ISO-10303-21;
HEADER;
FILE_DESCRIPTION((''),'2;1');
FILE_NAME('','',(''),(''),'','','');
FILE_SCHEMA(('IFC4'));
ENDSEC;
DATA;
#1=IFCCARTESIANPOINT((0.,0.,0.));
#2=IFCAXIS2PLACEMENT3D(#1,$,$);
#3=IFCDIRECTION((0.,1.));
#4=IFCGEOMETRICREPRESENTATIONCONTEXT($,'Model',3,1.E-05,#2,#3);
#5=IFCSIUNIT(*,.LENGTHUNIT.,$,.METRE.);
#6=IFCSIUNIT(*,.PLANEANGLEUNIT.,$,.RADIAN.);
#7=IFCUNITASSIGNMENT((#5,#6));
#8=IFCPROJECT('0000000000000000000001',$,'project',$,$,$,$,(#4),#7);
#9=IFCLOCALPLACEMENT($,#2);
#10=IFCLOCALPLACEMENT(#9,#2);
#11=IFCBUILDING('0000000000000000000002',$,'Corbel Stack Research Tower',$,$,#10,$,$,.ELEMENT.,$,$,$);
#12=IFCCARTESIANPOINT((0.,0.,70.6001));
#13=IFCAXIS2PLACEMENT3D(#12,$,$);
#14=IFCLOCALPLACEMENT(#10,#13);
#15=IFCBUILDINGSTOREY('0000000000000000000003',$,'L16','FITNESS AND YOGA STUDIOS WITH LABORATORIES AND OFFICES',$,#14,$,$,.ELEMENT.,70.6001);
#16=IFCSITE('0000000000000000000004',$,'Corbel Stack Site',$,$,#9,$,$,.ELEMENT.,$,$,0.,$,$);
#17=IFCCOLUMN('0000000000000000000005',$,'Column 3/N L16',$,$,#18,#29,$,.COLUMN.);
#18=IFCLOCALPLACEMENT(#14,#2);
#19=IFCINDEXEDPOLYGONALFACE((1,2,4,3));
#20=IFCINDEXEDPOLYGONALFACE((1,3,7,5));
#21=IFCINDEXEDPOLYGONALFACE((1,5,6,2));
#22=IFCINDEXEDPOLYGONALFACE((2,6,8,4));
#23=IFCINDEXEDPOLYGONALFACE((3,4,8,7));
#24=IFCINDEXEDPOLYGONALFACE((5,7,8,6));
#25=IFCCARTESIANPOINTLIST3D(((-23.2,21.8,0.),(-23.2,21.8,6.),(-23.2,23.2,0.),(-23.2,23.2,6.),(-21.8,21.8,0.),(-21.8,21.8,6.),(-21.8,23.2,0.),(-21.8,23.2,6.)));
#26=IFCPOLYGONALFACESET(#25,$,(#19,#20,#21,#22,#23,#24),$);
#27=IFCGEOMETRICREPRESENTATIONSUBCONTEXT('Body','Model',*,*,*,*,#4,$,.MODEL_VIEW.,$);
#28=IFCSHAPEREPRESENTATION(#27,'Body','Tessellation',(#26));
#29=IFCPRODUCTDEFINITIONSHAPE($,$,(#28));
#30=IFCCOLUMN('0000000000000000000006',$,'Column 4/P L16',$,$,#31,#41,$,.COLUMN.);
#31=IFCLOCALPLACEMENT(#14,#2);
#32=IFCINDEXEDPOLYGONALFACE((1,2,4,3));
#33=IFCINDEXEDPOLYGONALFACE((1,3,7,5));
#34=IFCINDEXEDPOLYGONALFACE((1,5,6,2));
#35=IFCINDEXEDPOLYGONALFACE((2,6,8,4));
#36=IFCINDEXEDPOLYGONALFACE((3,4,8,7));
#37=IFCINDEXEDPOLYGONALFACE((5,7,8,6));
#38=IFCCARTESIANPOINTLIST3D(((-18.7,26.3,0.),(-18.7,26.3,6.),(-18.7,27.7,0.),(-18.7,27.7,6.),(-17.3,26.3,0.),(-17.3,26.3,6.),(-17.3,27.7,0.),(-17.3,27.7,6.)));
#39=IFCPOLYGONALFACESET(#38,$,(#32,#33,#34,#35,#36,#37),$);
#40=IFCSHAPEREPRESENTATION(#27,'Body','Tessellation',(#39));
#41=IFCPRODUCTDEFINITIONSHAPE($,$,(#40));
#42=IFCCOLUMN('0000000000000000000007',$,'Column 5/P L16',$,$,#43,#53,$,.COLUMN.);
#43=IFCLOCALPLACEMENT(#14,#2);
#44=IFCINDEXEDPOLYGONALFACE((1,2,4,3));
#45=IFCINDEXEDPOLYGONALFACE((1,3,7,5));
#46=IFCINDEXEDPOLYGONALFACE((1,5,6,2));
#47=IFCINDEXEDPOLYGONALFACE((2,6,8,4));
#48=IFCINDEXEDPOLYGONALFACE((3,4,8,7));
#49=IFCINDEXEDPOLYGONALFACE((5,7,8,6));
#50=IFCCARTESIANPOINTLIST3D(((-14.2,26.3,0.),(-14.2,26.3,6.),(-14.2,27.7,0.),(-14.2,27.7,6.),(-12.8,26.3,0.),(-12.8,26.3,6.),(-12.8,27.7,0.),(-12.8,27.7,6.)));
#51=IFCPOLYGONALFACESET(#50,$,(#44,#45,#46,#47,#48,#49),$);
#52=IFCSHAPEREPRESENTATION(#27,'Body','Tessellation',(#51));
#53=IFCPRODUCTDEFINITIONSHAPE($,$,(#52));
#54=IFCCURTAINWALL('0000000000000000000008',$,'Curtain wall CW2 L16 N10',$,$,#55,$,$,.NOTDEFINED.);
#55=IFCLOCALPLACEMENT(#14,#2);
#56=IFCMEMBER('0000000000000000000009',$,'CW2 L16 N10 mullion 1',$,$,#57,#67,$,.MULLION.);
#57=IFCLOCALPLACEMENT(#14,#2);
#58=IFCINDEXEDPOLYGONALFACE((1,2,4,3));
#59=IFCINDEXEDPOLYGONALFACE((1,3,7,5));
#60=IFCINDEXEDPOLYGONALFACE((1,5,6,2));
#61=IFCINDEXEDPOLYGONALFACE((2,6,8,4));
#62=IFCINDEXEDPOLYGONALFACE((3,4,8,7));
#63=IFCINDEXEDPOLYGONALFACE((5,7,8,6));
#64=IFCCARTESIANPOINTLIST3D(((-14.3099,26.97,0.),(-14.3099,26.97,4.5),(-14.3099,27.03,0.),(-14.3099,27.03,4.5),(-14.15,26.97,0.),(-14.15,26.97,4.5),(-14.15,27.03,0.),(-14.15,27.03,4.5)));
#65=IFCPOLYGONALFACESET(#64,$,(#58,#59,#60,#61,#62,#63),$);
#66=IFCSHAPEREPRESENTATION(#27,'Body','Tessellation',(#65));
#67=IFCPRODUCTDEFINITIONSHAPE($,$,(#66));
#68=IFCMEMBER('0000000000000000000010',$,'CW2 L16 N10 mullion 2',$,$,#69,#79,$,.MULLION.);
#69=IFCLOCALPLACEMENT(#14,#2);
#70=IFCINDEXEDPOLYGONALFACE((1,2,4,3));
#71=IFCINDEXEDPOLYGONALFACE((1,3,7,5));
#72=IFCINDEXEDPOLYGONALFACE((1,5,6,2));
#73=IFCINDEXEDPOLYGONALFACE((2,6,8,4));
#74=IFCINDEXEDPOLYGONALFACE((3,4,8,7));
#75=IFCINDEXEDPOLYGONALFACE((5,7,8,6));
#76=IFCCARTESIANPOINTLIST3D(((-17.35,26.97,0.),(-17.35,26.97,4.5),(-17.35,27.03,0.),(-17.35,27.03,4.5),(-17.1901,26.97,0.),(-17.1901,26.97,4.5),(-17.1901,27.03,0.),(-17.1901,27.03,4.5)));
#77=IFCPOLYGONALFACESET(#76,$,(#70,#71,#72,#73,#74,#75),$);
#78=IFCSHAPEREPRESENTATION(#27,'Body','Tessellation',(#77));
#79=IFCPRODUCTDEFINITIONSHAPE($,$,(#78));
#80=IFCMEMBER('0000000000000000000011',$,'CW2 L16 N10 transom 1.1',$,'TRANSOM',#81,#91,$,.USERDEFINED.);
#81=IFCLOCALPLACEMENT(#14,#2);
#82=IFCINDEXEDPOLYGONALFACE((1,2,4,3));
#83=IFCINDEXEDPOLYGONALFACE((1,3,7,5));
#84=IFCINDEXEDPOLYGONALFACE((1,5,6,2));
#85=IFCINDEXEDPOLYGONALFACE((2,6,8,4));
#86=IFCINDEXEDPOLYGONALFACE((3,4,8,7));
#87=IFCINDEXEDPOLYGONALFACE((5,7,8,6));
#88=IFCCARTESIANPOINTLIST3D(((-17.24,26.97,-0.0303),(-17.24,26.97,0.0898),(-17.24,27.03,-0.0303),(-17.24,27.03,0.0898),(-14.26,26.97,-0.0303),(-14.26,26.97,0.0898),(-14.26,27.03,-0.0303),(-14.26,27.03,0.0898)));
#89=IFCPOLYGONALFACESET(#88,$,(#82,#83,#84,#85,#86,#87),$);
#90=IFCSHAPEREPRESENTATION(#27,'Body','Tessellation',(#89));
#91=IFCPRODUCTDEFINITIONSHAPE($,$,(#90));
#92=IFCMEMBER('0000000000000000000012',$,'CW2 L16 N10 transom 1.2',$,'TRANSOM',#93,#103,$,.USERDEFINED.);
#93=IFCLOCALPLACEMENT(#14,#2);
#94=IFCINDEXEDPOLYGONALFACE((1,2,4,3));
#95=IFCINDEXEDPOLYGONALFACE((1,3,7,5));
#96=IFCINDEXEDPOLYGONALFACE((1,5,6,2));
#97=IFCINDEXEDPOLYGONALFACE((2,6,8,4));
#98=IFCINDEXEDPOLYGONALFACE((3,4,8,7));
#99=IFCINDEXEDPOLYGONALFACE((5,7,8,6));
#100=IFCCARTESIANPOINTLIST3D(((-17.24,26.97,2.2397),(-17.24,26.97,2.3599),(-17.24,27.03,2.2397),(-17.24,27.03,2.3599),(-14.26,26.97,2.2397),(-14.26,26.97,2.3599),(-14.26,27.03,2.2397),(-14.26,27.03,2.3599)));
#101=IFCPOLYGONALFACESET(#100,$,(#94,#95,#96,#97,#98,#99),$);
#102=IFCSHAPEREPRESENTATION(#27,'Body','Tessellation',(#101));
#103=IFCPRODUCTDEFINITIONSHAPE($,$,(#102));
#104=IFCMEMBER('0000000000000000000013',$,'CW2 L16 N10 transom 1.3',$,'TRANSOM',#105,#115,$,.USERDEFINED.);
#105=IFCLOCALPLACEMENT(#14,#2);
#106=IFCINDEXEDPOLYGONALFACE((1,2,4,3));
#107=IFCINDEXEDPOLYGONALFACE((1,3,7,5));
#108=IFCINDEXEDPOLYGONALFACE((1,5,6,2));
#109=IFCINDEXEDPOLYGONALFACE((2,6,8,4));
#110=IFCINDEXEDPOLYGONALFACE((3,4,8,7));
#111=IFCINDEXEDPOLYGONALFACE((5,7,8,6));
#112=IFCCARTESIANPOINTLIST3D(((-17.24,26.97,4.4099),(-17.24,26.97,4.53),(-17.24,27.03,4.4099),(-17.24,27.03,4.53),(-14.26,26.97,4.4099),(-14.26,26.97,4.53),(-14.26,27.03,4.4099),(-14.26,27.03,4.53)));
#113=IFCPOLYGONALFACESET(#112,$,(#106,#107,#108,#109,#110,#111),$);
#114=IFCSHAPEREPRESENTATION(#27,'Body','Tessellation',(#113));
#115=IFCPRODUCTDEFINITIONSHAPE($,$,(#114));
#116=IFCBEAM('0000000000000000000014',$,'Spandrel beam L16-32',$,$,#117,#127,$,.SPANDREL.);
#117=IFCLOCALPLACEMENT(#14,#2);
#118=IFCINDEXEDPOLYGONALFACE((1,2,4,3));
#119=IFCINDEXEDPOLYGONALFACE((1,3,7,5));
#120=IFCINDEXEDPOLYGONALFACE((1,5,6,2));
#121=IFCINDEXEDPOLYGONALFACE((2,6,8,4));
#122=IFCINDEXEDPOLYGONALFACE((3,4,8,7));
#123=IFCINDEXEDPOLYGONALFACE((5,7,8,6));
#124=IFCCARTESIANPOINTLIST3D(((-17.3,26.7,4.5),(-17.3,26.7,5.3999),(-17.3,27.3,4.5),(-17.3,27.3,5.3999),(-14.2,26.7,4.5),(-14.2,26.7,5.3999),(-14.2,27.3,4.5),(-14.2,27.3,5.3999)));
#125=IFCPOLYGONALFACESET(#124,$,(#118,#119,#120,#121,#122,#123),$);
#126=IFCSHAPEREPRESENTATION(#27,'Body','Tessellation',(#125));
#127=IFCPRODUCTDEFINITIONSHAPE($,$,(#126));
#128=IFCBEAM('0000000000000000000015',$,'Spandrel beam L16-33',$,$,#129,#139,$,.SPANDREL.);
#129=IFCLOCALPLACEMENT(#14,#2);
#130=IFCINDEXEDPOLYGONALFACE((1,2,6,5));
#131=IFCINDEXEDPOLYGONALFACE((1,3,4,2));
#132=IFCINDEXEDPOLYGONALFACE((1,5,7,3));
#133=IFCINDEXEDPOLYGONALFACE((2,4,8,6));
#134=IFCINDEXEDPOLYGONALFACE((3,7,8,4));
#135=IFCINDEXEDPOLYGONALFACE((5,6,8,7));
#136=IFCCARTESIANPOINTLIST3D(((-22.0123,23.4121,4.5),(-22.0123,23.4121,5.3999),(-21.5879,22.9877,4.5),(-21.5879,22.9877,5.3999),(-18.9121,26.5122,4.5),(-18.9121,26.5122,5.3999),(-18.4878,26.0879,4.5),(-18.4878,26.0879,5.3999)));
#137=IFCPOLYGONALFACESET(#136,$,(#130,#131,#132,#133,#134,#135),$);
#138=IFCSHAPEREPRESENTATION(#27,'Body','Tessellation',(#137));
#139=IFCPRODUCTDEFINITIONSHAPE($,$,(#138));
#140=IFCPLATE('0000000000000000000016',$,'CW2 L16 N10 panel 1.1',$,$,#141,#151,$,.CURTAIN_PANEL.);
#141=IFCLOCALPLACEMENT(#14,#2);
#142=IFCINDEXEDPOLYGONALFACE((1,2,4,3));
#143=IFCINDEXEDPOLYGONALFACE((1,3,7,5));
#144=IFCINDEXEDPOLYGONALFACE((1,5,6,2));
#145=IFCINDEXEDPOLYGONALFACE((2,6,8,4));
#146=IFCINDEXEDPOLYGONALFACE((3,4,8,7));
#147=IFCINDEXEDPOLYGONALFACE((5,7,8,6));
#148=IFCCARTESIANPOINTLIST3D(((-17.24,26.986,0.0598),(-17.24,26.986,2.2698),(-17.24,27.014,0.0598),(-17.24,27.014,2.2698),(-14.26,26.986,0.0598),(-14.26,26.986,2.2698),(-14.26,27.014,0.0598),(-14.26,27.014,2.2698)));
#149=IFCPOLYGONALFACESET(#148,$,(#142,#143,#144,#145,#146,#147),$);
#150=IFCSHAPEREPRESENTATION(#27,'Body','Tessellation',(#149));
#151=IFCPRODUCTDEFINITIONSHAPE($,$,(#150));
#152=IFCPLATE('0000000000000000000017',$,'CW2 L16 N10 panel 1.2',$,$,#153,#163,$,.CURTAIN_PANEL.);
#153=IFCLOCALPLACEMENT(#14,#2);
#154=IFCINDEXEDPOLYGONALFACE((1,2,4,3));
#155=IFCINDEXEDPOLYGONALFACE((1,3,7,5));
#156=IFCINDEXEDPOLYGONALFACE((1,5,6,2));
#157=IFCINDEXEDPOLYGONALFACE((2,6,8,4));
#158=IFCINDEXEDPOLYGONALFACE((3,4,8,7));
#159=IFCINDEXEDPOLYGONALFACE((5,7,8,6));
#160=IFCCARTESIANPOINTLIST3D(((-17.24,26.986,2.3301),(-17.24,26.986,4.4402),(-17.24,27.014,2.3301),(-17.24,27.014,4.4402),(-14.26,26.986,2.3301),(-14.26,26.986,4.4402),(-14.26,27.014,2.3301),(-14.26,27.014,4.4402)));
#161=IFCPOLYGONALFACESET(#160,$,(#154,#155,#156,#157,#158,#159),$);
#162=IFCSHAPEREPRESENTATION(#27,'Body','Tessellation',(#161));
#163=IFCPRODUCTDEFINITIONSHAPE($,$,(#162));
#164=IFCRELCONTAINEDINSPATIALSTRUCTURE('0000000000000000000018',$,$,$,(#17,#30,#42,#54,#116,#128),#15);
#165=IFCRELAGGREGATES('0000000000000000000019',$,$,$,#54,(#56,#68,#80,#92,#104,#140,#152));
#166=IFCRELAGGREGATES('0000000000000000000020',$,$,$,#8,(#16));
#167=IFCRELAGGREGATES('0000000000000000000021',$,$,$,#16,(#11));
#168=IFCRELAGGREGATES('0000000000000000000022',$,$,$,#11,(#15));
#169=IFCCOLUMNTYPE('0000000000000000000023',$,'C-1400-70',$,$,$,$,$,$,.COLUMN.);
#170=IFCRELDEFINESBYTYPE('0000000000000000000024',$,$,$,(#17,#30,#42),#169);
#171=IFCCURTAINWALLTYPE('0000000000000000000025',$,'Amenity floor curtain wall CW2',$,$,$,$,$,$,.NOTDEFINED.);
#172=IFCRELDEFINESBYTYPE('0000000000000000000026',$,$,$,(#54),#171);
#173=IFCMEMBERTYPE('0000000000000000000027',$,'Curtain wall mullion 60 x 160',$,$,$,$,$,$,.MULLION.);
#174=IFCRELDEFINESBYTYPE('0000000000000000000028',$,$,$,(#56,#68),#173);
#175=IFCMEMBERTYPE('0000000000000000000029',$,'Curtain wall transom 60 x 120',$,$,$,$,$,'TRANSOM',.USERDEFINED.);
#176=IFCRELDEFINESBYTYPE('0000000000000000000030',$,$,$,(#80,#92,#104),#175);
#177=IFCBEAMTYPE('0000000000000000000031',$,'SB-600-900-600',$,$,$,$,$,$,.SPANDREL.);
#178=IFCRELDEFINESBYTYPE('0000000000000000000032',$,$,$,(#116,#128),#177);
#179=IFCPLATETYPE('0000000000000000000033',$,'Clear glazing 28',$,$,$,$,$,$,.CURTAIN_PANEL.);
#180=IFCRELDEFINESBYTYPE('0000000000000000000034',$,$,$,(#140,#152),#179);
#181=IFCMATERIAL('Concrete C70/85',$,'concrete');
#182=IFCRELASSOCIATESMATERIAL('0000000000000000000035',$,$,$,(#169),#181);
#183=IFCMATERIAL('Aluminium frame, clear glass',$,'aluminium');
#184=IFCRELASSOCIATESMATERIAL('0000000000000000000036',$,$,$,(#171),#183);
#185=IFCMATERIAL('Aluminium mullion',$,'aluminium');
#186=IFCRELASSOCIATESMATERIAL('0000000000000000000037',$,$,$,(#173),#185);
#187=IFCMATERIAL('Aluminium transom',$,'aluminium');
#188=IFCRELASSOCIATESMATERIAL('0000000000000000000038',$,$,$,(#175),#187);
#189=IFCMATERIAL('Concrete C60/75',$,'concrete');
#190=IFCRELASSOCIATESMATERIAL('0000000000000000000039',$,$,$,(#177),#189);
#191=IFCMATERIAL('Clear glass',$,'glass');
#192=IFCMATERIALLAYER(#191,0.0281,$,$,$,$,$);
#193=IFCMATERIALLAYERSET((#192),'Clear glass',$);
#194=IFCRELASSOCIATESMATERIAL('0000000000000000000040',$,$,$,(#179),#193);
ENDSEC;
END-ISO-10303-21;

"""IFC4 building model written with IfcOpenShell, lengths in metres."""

from ifc_helpers import new_model, si_unit, direction, frame, origin, origin_2d, place, context, subcontext, project, spatial, rectangle, extrude, material, layer, layer_set, material_profile, profile_set, type_object, element, aggregate, save


model = new_model("IFC4")

# Units and contexts
model_context = context("Model", 3, precision=1e-05, world=origin(), true_north=direction((0.0, 1.0)))
body_context = subcontext(model_context, "Body", "Model", "MODEL_VIEW")
ifc_project = project(units=[si_unit("LENGTHUNIT", "METRE"), si_unit("PLANEANGLEUNIT", "RADIAN")], contexts=[model_context])

# Site, building, storey
site_placement = place(None, origin())
site = spatial("IfcSite", under=ifc_project, at=site_placement, Name="Corbel Stack Site", CompositionType="ELEMENT", RefElevation=0.0)
building_placement = place(site_placement, origin())
building = spatial("IfcBuilding", under=site, at=building_placement, Name="Corbel Stack Research Tower", CompositionType="ELEMENT")
storey_placement = place(building_placement, frame((0.0, 0.0, 70.6001)))
storey = spatial("IfcBuildingStorey", under=building, at=storey_placement, Name="L16", Description="FITNESS AND YOGA STUDIOS WITH LABORATORIES AND OFFICES", CompositionType="ELEMENT", Elevation=70.6001)

# Columns
ifc_material_1 = material(Name="Concrete C70/85", Category="concrete")
ifc_material_profile_1 = material_profile(ifc_material_1, rectangle(XDim=1.3999, YDim=1.3999, at=origin_2d()), Name="RC 1400 x 1400")
ifc_profile_set_1 = profile_set([ifc_material_profile_1], Name="Concrete C70/85")
column_type = type_object("IfcColumnType", Name="C-1400-70", PredefinedType="COLUMN", material=ifc_profile_set_1)
for number, where, z_axis, x_axis, name in (
    (1, (-22.5, 22.5, 0.0), (0.0, 0.0, 1.0), (1.0, 0.0, 0.0), "Column 3/N L16"),
    (2, (-18.0, 27.0, 0.0), (0.0, 0.0, 1.0), (1.0, 0.0, 0.0), "Column 4/P L16"),
    (3, (-13.5, 27.0, 0.0), (0.0, 0.0, 1.0), (1.0, 0.0, 0.0), "Column 5/P L16"),
):
    element("IfcColumn", number, at=place(storey_placement, frame(where, z_axis=z_axis, x_axis=x_axis)), inside=storey, type_object=column_type, Name=name, PredefinedType="COLUMN", context=body_context, shape_type="SweptSolid", body=[
        extrude(rectangle(XDim=1.3999, YDim=1.3999, at=origin_2d()), origin(), (0.0, 0.0, 1.0), 6.0),
    ])

# Curtain wall, members
ifc_material_2 = material(Name="Aluminium frame, clear glass", Category="aluminium")
curtain_wall_type = type_object("IfcCurtainWallType", Name="Amenity floor curtain wall CW2", PredefinedType="NOTDEFINED", material=ifc_material_2)
curtain_wall_placement = place(storey_placement, origin())
curtain_wall = element("IfcCurtainWall", 4, at=curtain_wall_placement, inside=storey, type_object=curtain_wall_type, Name="Curtain wall CW2 L16 N10", PredefinedType="NOTDEFINED")
ifc_material_3 = material(Name="Aluminium mullion", Category="aluminium")
ifc_material_profile_2 = material_profile(ifc_material_3, rectangle(XDim=0.0601, YDim=0.1599, at=origin_2d()), Name="Mullion 60 x 160")
ifc_profile_set_2 = profile_set([ifc_material_profile_2], Name="Aluminium mullion")
member_type_1 = type_object("IfcMemberType", Name="Curtain wall mullion 60 x 160", PredefinedType="MULLION", material=ifc_profile_set_2)
member_1_placement = place(storey_placement, frame((-14.23, 27.0, 0.0), z_axis=(0.0, 0.0, 1.0), x_axis=(0.0, -1.0, 0.0)))
member_1 = element("IfcMember", 5, at=member_1_placement, type_object=member_type_1, Name="CW2 L16 N10 mullion 1", PredefinedType="MULLION", context=body_context, shape_type="SweptSolid", body=[
    extrude(rectangle(XDim=0.0601, YDim=0.1599, at=origin_2d()), origin(), (0.0, 0.0, 1.0), 4.5),
])
member_2_placement = place(storey_placement, frame((-17.27, 27.0, 0.0), z_axis=(0.0, 0.0, 1.0), x_axis=(0.0, -1.0, 0.0)))
member_2 = element("IfcMember", 6, at=member_2_placement, type_object=member_type_1, Name="CW2 L16 N10 mullion 2", PredefinedType="MULLION", context=body_context, shape_type="SweptSolid", body=[
    extrude(rectangle(XDim=0.0601, YDim=0.1599, at=origin_2d()), origin(), (0.0, 0.0, 1.0), 4.5),
])
ifc_material_4 = material(Name="Aluminium transom", Category="aluminium")
ifc_material_profile_3 = material_profile(ifc_material_4, rectangle(XDim=0.0601, YDim=0.1201, at=origin_2d()), Name="Transom 60 x 120")
ifc_profile_set_3 = profile_set([ifc_material_profile_3], Name="Aluminium transom")
member_type_2 = type_object("IfcMemberType", Name="Curtain wall transom 60 x 120", ElementType="TRANSOM", PredefinedType="USERDEFINED", material=ifc_profile_set_3)
member_3_placement = place(storey_placement, frame((-14.26, 27.0, 0.0298), z_axis=(-1.0, 0.0, 0.0), x_axis=(0.0, -1.0, 0.0)))
member_3 = element("IfcMember", 7, at=member_3_placement, type_object=member_type_2, Name="CW2 L16 N10 transom 1.1", ObjectType="TRANSOM", PredefinedType="USERDEFINED", context=body_context, shape_type="SweptSolid", body=[
    extrude(rectangle(XDim=0.0601, YDim=0.1201, at=origin_2d()), origin(), (0.0, 0.0, 1.0), 2.98),
])
member_4_placement = place(storey_placement, frame((-14.26, 27.0, 2.2998), z_axis=(-1.0, 0.0, 0.0), x_axis=(0.0, -1.0, 0.0)))
member_4 = element("IfcMember", 8, at=member_4_placement, type_object=member_type_2, Name="CW2 L16 N10 transom 1.2", ObjectType="TRANSOM", PredefinedType="USERDEFINED", context=body_context, shape_type="SweptSolid", body=[
    extrude(rectangle(XDim=0.0601, YDim=0.1201, at=origin_2d()), origin(), (0.0, 0.0, 1.0), 2.98),
])
member_5_placement = place(storey_placement, frame((-14.26, 27.0, 4.47), z_axis=(-1.0, 0.0, 0.0), x_axis=(0.0, -1.0, 0.0)))
member_5 = element("IfcMember", 9, at=member_5_placement, type_object=member_type_2, Name="CW2 L16 N10 transom 1.3", ObjectType="TRANSOM", PredefinedType="USERDEFINED", context=body_context, shape_type="SweptSolid", body=[
    extrude(rectangle(XDim=0.0601, YDim=0.1201, at=origin_2d()), origin(), (0.0, 0.0, 1.0), 2.98),
])

# Beams
ifc_material_5 = material(Name="Concrete C60/75", Category="concrete")
ifc_material_profile_4 = material_profile(ifc_material_5, rectangle(XDim=0.6001, YDim=0.8999, at=origin_2d()), Name="RC 600 x 900")
ifc_profile_set_4 = profile_set([ifc_material_profile_4], Name="Concrete C60/75")
beam_type = type_object("IfcBeamType", Name="SB-600-900-600", PredefinedType="SPANDREL", material=ifc_profile_set_4)
beam_1_placement = place(storey_placement, frame((-14.2, 27.0, 4.95), z_axis=(-1.0, 0.0, 0.0), x_axis=(0.0, -1.0, 0.0)))
element("IfcBeam", 10, at=beam_1_placement, inside=storey, type_object=beam_type, Name="Spandrel beam L16-32", PredefinedType="SPANDREL", context=body_context, shape_type="SweptSolid", body=[
    extrude(rectangle(XDim=0.6001, YDim=0.8999, at=origin_2d()), origin(), (0.0, 0.0, 1.0), 3.1001),
])
beam_2_placement = place(storey_placement, frame((-18.7, 26.3, 4.95), z_axis=(-0.707107, -0.707107, 0.0), x_axis=(0.707107, -0.707107, 0.0)))
element("IfcBeam", 11, at=beam_2_placement, inside=storey, type_object=beam_type, Name="Spandrel beam L16-33", PredefinedType="SPANDREL", context=body_context, shape_type="SweptSolid", body=[
    extrude(rectangle(XDim=0.6001, YDim=0.8999, at=origin_2d()), origin(), (0.0, 0.0, 1.0), 4.3843),
])

# Plates
ifc_material_6 = material(Name="Clear glass", Category="glass")
ifc_layer_1 = layer(ifc_material_6, 0.0281)
ifc_layer_set_1 = layer_set([ifc_layer_1], Name="Clear glass")
plate_type = type_object("IfcPlateType", Name="Clear glazing 28", PredefinedType="CURTAIN_PANEL", material=ifc_layer_set_1)
plate_1_placement = place(storey_placement, frame((-15.75, 27.0, 0.0598), z_axis=(0.0, 0.0, 1.0), x_axis=(-1.0, 0.0, 0.0)))
plate_1 = element("IfcPlate", 12, at=plate_1_placement, type_object=plate_type, Name="CW2 L16 N10 panel 1.1", PredefinedType="CURTAIN_PANEL", context=body_context, shape_type="SweptSolid", body=[
    extrude(rectangle(XDim=2.98, YDim=0.0281, at=origin_2d()), origin(), (0.0, 0.0, 1.0), 2.21),
])
plate_2_placement = place(storey_placement, frame((-15.75, 27.0, 2.3301), z_axis=(0.0, 0.0, 1.0), x_axis=(-1.0, 0.0, 0.0)))
plate_2 = element("IfcPlate", 13, at=plate_2_placement, type_object=plate_type, Name="CW2 L16 N10 panel 1.2", PredefinedType="CURTAIN_PANEL", context=body_context, shape_type="SweptSolid", body=[
    extrude(rectangle(XDim=2.98, YDim=0.0281, at=origin_2d()), origin(), (0.0, 0.0, 1.0), 2.1101),
])
aggregate(curtain_wall, [member_1, member_2, member_3, member_4, member_5, plate_1, plate_2])

save(model, "model.ifc")
